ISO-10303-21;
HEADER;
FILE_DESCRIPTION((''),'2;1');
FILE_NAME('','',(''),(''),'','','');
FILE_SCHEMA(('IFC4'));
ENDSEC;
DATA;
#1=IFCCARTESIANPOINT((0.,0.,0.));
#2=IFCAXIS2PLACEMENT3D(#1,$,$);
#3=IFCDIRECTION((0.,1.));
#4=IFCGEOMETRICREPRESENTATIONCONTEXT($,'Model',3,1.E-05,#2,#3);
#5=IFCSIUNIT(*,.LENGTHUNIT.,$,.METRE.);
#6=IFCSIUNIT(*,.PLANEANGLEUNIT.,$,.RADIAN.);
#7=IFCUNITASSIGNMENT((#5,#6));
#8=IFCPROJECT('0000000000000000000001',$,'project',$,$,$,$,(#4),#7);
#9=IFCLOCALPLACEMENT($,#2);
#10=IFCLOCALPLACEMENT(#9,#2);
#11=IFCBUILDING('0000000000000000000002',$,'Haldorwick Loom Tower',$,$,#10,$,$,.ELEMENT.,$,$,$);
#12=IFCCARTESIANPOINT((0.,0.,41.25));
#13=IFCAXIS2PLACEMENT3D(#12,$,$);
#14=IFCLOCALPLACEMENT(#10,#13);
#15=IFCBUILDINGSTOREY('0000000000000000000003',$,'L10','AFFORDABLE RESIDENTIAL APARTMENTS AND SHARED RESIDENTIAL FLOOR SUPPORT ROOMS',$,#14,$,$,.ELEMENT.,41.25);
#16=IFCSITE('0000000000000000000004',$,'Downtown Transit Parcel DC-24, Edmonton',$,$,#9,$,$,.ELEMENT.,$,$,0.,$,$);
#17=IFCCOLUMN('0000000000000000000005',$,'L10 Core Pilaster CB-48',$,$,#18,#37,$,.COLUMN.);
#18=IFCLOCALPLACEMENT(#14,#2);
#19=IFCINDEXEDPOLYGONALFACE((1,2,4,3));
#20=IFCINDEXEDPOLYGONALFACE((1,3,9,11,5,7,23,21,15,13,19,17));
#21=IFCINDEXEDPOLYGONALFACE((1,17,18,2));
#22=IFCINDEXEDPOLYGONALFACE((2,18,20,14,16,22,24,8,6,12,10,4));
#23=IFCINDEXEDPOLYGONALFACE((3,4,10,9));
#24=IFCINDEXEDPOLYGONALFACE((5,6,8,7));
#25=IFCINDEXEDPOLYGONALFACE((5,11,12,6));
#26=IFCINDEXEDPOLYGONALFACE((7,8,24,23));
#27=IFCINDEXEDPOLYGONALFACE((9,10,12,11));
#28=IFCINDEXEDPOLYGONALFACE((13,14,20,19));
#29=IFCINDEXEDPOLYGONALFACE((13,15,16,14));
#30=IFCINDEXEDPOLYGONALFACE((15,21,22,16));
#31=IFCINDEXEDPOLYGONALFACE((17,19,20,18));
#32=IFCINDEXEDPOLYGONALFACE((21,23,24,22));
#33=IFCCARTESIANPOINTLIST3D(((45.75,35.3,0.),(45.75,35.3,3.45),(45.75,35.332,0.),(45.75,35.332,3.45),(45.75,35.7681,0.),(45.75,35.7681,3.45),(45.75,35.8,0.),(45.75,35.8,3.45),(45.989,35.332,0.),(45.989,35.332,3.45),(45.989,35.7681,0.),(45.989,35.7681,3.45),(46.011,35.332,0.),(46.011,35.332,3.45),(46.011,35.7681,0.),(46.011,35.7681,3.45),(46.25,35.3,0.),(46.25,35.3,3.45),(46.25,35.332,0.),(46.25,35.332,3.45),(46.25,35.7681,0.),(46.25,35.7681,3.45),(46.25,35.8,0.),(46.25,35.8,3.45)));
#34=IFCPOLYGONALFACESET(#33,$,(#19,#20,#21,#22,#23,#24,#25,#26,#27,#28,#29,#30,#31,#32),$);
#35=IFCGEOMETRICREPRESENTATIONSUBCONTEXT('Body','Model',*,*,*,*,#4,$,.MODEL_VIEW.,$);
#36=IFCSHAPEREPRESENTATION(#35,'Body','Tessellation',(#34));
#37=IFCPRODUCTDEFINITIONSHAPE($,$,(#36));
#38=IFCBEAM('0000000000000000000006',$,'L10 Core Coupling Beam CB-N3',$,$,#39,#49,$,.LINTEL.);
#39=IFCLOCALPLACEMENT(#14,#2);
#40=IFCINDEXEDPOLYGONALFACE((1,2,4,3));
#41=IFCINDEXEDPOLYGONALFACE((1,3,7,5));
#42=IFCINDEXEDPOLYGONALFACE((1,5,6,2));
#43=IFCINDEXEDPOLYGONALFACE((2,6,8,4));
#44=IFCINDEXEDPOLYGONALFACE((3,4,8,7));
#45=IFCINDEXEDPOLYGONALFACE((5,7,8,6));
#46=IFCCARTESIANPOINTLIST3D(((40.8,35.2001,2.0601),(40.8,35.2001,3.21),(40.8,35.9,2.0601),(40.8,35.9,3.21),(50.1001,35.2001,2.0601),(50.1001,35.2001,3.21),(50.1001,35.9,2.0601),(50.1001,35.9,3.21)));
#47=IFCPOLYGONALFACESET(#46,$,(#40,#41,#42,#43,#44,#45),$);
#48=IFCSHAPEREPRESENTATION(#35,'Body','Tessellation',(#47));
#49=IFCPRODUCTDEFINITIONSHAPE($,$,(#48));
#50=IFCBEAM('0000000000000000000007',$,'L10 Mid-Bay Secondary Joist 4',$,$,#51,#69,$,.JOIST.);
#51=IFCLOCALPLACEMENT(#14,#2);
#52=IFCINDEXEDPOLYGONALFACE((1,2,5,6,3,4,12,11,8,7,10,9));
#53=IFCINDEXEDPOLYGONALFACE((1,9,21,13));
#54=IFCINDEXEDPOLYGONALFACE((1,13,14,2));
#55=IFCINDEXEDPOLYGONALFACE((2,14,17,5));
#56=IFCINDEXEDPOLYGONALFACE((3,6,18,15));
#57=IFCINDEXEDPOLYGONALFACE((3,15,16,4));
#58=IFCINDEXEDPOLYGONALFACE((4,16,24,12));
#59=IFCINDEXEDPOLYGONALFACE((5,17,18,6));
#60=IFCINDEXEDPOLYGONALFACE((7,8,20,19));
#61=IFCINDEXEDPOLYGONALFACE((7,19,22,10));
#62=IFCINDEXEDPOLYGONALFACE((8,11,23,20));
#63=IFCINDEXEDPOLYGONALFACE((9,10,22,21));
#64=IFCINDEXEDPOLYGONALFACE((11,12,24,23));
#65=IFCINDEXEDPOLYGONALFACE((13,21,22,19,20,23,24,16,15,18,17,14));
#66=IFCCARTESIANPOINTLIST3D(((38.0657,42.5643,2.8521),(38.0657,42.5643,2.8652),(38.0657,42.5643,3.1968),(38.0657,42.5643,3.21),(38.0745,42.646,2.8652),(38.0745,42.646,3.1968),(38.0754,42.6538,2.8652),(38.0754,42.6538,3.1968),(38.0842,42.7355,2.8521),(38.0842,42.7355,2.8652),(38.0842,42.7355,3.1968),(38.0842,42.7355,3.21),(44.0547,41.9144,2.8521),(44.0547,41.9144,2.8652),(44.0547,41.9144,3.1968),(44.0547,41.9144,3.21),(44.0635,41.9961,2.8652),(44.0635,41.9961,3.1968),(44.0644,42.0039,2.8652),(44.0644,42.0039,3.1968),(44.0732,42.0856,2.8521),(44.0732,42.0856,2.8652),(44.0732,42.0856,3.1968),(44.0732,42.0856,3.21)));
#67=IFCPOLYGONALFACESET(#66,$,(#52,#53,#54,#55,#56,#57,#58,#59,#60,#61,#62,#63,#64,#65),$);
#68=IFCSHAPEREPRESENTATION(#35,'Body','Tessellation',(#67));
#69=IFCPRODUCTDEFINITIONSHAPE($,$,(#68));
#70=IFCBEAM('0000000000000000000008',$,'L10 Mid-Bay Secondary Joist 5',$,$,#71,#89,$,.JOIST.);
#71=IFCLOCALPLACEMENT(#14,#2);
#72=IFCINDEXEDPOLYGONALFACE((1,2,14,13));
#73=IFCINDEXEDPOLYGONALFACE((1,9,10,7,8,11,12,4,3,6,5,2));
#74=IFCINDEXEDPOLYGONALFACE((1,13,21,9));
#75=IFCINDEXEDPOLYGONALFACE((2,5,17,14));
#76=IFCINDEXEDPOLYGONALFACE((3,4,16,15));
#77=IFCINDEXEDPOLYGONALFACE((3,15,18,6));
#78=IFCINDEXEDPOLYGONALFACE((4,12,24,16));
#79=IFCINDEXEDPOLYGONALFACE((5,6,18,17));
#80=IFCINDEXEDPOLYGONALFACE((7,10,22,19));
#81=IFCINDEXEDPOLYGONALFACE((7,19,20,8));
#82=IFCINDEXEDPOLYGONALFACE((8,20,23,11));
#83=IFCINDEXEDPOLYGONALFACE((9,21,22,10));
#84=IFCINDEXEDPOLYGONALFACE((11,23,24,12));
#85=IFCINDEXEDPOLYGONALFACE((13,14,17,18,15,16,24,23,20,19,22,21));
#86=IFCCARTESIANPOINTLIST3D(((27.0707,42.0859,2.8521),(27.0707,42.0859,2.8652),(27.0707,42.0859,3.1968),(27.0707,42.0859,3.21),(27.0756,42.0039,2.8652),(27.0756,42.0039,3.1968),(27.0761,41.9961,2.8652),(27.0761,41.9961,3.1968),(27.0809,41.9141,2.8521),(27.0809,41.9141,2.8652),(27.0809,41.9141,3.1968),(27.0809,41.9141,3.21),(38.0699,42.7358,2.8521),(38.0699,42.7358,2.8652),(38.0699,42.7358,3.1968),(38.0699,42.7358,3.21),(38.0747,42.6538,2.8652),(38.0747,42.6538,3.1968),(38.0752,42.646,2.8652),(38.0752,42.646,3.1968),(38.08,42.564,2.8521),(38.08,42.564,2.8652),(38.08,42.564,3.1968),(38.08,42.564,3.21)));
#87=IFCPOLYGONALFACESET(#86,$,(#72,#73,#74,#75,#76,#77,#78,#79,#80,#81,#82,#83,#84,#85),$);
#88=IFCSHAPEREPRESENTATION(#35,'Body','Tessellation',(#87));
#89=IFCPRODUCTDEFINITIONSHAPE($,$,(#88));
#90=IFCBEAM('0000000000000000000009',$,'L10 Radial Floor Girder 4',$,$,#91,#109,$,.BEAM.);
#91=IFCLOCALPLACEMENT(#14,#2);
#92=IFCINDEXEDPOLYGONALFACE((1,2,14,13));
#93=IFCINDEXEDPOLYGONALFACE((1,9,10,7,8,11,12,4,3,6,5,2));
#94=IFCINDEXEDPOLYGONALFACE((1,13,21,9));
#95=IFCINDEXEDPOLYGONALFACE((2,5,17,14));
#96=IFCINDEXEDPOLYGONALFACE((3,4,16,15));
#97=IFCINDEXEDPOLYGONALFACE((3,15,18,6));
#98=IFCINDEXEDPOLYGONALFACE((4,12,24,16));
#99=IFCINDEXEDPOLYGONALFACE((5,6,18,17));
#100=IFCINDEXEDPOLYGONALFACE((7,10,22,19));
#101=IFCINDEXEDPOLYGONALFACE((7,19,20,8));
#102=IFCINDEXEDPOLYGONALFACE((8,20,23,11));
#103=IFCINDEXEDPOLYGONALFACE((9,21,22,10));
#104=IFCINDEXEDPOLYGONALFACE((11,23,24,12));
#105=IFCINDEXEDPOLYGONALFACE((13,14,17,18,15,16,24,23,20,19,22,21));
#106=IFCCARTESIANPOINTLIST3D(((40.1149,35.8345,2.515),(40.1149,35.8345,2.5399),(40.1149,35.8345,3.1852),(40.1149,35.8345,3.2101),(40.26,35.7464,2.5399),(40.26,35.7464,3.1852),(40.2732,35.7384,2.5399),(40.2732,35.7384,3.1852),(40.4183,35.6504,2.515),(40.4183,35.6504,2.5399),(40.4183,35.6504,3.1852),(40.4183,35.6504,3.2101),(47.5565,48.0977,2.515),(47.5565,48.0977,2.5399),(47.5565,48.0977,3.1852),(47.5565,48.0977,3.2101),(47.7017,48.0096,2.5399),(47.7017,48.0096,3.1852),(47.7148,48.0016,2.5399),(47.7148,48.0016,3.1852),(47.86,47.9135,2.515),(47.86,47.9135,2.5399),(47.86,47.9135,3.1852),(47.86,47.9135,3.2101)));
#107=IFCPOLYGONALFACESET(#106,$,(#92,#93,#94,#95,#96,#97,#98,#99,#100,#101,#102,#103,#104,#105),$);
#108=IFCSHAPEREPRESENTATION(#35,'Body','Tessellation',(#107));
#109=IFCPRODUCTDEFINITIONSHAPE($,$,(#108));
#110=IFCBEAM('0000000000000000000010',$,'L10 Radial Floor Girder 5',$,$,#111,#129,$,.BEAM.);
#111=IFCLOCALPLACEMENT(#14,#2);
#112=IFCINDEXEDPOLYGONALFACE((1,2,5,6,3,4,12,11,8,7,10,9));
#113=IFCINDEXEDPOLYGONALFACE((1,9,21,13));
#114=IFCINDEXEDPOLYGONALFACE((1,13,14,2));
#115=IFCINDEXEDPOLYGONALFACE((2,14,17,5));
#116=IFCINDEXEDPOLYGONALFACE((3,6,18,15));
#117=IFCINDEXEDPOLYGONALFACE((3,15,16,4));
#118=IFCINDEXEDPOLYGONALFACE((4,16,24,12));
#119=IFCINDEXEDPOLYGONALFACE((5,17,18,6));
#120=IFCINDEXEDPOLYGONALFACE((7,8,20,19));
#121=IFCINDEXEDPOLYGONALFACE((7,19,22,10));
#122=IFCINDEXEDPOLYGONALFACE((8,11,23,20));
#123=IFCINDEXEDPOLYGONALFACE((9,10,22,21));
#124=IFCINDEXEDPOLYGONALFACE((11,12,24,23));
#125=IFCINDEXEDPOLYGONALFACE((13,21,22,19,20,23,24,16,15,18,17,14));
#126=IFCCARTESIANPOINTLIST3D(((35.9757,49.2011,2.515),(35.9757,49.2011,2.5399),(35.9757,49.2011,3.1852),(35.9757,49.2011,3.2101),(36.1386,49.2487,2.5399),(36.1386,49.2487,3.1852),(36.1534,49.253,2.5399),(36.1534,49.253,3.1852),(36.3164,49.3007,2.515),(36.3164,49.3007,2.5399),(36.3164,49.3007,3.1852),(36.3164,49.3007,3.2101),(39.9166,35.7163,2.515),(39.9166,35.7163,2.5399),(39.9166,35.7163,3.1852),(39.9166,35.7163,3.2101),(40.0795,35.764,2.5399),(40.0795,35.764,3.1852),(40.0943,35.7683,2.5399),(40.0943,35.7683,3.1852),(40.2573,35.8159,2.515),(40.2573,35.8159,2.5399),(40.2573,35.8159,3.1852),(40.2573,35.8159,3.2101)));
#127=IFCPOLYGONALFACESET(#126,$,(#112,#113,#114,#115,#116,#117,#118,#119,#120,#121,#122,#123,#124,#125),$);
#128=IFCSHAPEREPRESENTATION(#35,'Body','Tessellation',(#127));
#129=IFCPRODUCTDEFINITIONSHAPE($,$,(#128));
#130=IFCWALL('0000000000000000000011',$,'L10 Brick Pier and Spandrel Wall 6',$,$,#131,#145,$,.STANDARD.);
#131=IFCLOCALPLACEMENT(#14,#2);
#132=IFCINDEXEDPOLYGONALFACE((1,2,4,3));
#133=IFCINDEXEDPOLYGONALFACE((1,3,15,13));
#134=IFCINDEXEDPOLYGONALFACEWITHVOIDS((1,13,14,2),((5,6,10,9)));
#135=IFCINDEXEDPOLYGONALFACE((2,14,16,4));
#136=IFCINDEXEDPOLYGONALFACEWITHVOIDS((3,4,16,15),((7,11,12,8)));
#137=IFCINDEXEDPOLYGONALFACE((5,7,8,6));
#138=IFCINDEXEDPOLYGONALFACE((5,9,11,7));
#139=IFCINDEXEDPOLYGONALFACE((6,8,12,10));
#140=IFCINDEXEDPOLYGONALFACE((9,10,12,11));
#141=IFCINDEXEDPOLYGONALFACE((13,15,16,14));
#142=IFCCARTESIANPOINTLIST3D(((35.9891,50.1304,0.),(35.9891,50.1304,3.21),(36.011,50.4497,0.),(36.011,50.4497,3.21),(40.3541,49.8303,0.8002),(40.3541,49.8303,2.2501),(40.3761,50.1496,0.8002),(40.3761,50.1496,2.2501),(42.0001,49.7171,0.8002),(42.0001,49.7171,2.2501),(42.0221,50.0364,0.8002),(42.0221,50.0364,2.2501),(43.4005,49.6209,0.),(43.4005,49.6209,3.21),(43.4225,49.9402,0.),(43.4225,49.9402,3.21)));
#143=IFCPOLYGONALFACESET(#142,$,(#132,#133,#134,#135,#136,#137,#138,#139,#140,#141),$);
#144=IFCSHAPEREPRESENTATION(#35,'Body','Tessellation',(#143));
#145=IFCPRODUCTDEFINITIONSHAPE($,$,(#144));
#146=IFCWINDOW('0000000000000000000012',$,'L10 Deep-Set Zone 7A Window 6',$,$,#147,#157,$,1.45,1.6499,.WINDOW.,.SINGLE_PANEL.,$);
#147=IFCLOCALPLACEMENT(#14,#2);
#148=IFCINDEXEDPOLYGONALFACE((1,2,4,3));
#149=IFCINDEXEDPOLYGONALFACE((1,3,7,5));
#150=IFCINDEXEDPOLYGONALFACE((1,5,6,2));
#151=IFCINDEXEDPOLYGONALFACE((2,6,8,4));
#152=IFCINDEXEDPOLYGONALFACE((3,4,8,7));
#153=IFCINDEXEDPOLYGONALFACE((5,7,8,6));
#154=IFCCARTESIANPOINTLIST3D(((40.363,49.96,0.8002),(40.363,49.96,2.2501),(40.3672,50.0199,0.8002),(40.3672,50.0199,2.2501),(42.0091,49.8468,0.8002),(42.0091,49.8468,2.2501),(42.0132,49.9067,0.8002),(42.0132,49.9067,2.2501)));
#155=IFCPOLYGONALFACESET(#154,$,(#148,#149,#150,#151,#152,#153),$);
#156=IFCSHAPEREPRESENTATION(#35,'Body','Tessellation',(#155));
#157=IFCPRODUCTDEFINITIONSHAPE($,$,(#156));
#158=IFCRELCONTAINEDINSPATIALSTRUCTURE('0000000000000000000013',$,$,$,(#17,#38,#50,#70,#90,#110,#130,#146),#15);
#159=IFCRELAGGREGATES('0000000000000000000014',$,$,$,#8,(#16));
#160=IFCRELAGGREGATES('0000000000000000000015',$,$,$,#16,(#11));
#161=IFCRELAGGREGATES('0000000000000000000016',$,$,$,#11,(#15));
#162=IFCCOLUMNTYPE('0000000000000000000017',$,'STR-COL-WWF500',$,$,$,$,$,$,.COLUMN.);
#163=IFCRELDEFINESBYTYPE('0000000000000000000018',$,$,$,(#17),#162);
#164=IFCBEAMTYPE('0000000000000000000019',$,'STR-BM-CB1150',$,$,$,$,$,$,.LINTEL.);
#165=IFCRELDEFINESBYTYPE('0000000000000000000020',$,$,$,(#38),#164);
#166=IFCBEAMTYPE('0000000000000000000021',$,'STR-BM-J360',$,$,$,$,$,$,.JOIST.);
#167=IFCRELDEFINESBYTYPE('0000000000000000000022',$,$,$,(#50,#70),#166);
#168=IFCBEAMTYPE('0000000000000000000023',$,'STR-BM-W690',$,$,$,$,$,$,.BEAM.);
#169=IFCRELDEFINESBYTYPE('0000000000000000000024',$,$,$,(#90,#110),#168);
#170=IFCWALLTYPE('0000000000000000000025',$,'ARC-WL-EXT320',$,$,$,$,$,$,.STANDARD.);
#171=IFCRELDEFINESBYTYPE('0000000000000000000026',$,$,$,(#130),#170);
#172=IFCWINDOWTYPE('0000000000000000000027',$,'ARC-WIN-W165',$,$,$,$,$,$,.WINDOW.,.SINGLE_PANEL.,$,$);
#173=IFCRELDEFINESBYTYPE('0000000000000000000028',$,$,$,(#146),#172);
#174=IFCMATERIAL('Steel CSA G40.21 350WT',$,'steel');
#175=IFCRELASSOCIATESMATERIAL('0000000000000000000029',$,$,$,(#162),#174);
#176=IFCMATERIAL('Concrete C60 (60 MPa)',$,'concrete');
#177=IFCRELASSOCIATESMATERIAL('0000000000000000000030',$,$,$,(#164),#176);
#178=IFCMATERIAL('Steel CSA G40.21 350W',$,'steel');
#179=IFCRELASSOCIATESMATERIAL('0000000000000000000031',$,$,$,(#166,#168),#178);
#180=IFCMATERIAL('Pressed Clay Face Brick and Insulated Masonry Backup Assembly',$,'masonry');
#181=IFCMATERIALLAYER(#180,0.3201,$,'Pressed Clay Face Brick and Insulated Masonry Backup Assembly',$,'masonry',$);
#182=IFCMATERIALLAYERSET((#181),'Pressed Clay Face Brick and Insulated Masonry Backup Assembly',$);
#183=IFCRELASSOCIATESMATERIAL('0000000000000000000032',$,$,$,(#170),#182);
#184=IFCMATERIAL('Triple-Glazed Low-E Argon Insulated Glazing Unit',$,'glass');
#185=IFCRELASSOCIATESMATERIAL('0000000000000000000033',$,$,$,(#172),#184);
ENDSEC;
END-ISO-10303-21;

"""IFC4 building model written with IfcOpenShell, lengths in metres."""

from ifc_helpers import new_model, si_unit, direction, frame, frame_2d, origin, origin_2d, place, context, subcontext, project, spatial, rectangle, i_section, extrude, material, layer, layer_set, material_profile, profile_set, type_object, element, fill, save


model = new_model("IFC4")

# Units and contexts
model_context = context("Model", 3, precision=1e-05, world=origin(), true_north=direction((0.0, 1.0)))
body_context = subcontext(model_context, "Body", "Model", "MODEL_VIEW")
ifc_project = project(units=[si_unit("LENGTHUNIT", "METRE"), si_unit("PLANEANGLEUNIT", "RADIAN")], contexts=[model_context])

# Site, building, storey
site_placement = place(None, origin())
site = spatial("IfcSite", under=ifc_project, at=site_placement, Name="Downtown Transit Parcel DC-24, Edmonton", CompositionType="ELEMENT", RefElevation=0.0)
building_placement = place(site_placement, origin())
building = spatial("IfcBuilding", under=site, at=building_placement, Name="Haldorwick Loom Tower", CompositionType="ELEMENT")
storey_placement = place(building_placement, frame((0.0, 0.0, 41.25)))
storey = spatial("IfcBuildingStorey", under=building, at=storey_placement, Name="L10", Description="AFFORDABLE RESIDENTIAL APARTMENTS AND SHARED RESIDENTIAL FLOOR SUPPORT ROOMS", CompositionType="ELEMENT", Elevation=41.25)

# Column
ifc_material_1 = material(Name="Concrete C60 (60 MPa)", Category="concrete")
ifc_material_2 = material(Name="Steel CSA G40.21 350WT", Category="steel")
ifc_material_profile_1 = material_profile(ifc_material_2, i_section(OverallWidth=0.5, OverallDepth=0.5, WebThickness=0.022, FlangeThickness=0.032, at=origin_2d()), Name="WWF500X500", Category="steel")
ifc_profile_set_1 = profile_set([ifc_material_profile_1], Name="Steel CSA G40.21 350WT")
column_type_1 = type_object("IfcColumnType", Name="STR-COL-WWF500", PredefinedType="COLUMN", material=ifc_profile_set_1)
for number, where, z_axis, x_axis, name in (
    (1, (46.0, 35.55, 0.0), (0.0, 0.0, 1.0), (1.0, 0.0, 0.0), "L10 Core Pilaster CB-48"),
):
    element("IfcColumn", number, at=place(storey_placement, frame(where, z_axis=z_axis, x_axis=x_axis)), inside=storey, type_object=column_type_1, Name=name, PredefinedType="COLUMN", context=body_context, shape_type="SweptSolid", body=[
        extrude(i_section(OverallWidth=0.5, OverallDepth=0.5, WebThickness=0.022, FlangeThickness=0.032, at=origin_2d()), origin(), (0.0, 0.0, 1.0), 3.45),
    ])

# Beams
ifc_material_profile_2 = material_profile(ifc_material_1, rectangle(XDim=0.7, YDim=1.1499, at=origin_2d()), Name="RC700X1150", Category="concrete")
ifc_profile_set_2 = profile_set([ifc_material_profile_2], Name="Concrete C60 (60 MPa)")
beam_type_1 = type_object("IfcBeamType", Name="STR-BM-CB1150", PredefinedType="LINTEL", material=ifc_profile_set_2)
beam_1_placement = place(storey_placement, frame((40.8, 35.55, 2.635), z_axis=(1.0, 0.0, 0.0), x_axis=(0.0, 1.0, 0.0)))
element("IfcBeam", 2, at=beam_1_placement, inside=storey, type_object=beam_type_1, Name="L10 Core Coupling Beam CB-N3", PredefinedType="LINTEL", context=body_context, shape_type="SweptSolid", body=[
    extrude(rectangle(XDim=0.7, YDim=1.1499, at=origin_2d()), origin(), (0.0, 0.0, 1.0), 9.3),
])
ifc_material_3 = material(Name="Steel CSA G40.21 350W", Category="steel")
ifc_material_profile_3 = material_profile(ifc_material_3, i_section(OverallWidth=0.1721, OverallDepth=0.3579, WebThickness=0.0078, FlangeThickness=0.0132, at=origin_2d()), Name="W360X57", Category="steel")
ifc_profile_set_3 = profile_set([ifc_material_profile_3], Name="Steel CSA G40.21 350W")
beam_type_2 = type_object("IfcBeamType", Name="STR-BM-J360", PredefinedType="JOIST", material=ifc_profile_set_3)
beam_2_placement = place(storey_placement, frame((44.064, 42.0, 3.031), z_axis=(-0.994164, 0.107882, 0.0), x_axis=(-0.107882, -0.994164, 0.0)))
element("IfcBeam", 3, at=beam_2_placement, inside=storey, type_object=beam_type_2, Name="L10 Mid-Bay Secondary Joist 4", PredefinedType="JOIST", context=body_context, shape_type="SweptSolid", body=[
    extrude(i_section(OverallWidth=0.1721, OverallDepth=0.3579, WebThickness=0.0078, FlangeThickness=0.0132, at=origin_2d()), origin(), (0.0, 0.0, 1.0), 6.0242),
])
beam_3_placement = place(storey_placement, frame((38.075, 42.6499, 3.031), z_axis=(-0.998259, -0.058984, 0.0), x_axis=(0.058984, -0.998259, 0.0)))
element("IfcBeam", 4, at=beam_3_placement, inside=storey, type_object=beam_type_2, Name="L10 Mid-Bay Secondary Joist 5", PredefinedType="JOIST", context=body_context, shape_type="SweptSolid", body=[
    extrude(i_section(OverallWidth=0.1721, OverallDepth=0.3579, WebThickness=0.0078, FlangeThickness=0.0132, at=origin_2d()), origin(), (0.0, 0.0, 1.0), 11.0183),
])
ifc_material_profile_4 = material_profile(ifc_material_3, i_section(OverallWidth=0.355, OverallDepth=0.6951, WebThickness=0.0154, FlangeThickness=0.0249, at=origin_2d()), Name="W690X217", Category="steel")
ifc_profile_set_4 = profile_set([ifc_material_profile_4], Name="Steel CSA G40.21 350W")
beam_type_3 = type_object("IfcBeamType", Name="STR-BM-W690", PredefinedType="BEAM", material=ifc_profile_set_4)
beam_4_placement = place(storey_placement, frame((40.2666, 35.7424, 2.8625), z_axis=(0.518782, 0.854907, 0.0), x_axis=(-0.854907, 0.518782, 0.0)))
element("IfcBeam", 5, at=beam_4_placement, inside=storey, type_object=beam_type_3, Name="L10 Radial Floor Girder 4", PredefinedType="BEAM", context=body_context, shape_type="SweptSolid", body=[
    extrude(i_section(OverallWidth=0.355, OverallDepth=0.6951, WebThickness=0.0154, FlangeThickness=0.0249, at=origin_2d()), origin(), (0.0, 0.0, 1.0), 14.3445),
])
beam_5_placement = place(storey_placement, frame((40.0869, 35.7661, 2.8625), z_axis=(-0.280514, 0.95985, 0.0), x_axis=(-0.95985, -0.280514, 0.0)))
element("IfcBeam", 6, at=beam_5_placement, inside=storey, type_object=beam_type_3, Name="L10 Radial Floor Girder 5", PredefinedType="BEAM", context=body_context, shape_type="SweptSolid", body=[
    extrude(i_section(OverallWidth=0.355, OverallDepth=0.6951, WebThickness=0.0154, FlangeThickness=0.0249, at=origin_2d()), origin(), (0.0, 0.0, 1.0), 14.0488),
])

# Wall, opening, window
ifc_material_4 = material(Name="Pressed Clay Face Brick and Insulated Masonry Backup Assembly", Category="masonry")
ifc_layer_1 = layer(ifc_material_4, 0.3201, Name="Pressed Clay Face Brick and Insulated Masonry Backup Assembly", Category="masonry")
ifc_layer_set_1 = layer_set([ifc_layer_1], Name="Pressed Clay Face Brick and Insulated Masonry Backup Assembly")
wall_type_1 = type_object("IfcWallType", Name="ARC-WL-EXT320", PredefinedType="STANDARD", material=ifc_layer_set_1)
wall_1_placement = place(storey_placement, frame((43.4114, 49.7805, 0.0), z_axis=(0.0, 0.0, 1.0), x_axis=(-0.997645, 0.068587, 0.0)))
wall_1 = element("IfcWall", 7, at=wall_1_placement, inside=storey, type_object=wall_type_1, Name="L10 Brick Pier and Spandrel Wall 6", PredefinedType="STANDARD", context=body_context, shape_type="SweptSolid", body=[
    extrude(rectangle(XDim=7.429, YDim=0.3201, at=frame_2d((3.7144, 0.0))), origin(), (0.0, 0.0, 1.0), 3.21),
])
opening_1_placement = place(wall_1_placement, frame((1.4036, 0.0, 0.8)))
opening_1 = element("IfcOpeningElement", 8, at=opening_1_placement, cuts=wall_1, PredefinedType="OPENING", context=body_context, shape_type="SweptSolid", body=[
    extrude(rectangle(XDim=1.6499, YDim=1.45, at=frame_2d((0.825, 0.7251))), frame((0.0, 0.1699, 0.0), z_axis=(0.0, -1.0, 0.0), x_axis=(1.0, 0.0, 0.0)), (0.0, 0.0, 1.0), 0.3401),
])
ifc_material_5 = material(Name="Triple-Glazed Low-E Argon Insulated Glazing Unit", Category="glass")
window_type = type_object("IfcWindowType", Name="ARC-WIN-W165", PartitioningType="SINGLE_PANEL", PredefinedType="WINDOW", material=ifc_material_5)
window_1_placement = place(opening_1_placement, origin())
window_1 = element("IfcWindow", 9, at=window_1_placement, inside=storey, type_object=window_type, Name="L10 Deep-Set Zone 7A Window 6", OverallHeight=1.45, OverallWidth=1.6499, PartitioningType="SINGLE_PANEL", PredefinedType="WINDOW", context=body_context, shape_type="SweptSolid", body=[
    extrude(rectangle(XDim=1.6499, YDim=1.45, at=frame_2d((0.825, 0.7251))), frame((0.0, 0.03, 0.0), z_axis=(0.0, -1.0, 0.0), x_axis=(1.0, 0.0, 0.0)), (0.0, 0.0, 1.0), 0.0601),
])
fill(opening_1, window_1)

save(model, "model.ifc")
